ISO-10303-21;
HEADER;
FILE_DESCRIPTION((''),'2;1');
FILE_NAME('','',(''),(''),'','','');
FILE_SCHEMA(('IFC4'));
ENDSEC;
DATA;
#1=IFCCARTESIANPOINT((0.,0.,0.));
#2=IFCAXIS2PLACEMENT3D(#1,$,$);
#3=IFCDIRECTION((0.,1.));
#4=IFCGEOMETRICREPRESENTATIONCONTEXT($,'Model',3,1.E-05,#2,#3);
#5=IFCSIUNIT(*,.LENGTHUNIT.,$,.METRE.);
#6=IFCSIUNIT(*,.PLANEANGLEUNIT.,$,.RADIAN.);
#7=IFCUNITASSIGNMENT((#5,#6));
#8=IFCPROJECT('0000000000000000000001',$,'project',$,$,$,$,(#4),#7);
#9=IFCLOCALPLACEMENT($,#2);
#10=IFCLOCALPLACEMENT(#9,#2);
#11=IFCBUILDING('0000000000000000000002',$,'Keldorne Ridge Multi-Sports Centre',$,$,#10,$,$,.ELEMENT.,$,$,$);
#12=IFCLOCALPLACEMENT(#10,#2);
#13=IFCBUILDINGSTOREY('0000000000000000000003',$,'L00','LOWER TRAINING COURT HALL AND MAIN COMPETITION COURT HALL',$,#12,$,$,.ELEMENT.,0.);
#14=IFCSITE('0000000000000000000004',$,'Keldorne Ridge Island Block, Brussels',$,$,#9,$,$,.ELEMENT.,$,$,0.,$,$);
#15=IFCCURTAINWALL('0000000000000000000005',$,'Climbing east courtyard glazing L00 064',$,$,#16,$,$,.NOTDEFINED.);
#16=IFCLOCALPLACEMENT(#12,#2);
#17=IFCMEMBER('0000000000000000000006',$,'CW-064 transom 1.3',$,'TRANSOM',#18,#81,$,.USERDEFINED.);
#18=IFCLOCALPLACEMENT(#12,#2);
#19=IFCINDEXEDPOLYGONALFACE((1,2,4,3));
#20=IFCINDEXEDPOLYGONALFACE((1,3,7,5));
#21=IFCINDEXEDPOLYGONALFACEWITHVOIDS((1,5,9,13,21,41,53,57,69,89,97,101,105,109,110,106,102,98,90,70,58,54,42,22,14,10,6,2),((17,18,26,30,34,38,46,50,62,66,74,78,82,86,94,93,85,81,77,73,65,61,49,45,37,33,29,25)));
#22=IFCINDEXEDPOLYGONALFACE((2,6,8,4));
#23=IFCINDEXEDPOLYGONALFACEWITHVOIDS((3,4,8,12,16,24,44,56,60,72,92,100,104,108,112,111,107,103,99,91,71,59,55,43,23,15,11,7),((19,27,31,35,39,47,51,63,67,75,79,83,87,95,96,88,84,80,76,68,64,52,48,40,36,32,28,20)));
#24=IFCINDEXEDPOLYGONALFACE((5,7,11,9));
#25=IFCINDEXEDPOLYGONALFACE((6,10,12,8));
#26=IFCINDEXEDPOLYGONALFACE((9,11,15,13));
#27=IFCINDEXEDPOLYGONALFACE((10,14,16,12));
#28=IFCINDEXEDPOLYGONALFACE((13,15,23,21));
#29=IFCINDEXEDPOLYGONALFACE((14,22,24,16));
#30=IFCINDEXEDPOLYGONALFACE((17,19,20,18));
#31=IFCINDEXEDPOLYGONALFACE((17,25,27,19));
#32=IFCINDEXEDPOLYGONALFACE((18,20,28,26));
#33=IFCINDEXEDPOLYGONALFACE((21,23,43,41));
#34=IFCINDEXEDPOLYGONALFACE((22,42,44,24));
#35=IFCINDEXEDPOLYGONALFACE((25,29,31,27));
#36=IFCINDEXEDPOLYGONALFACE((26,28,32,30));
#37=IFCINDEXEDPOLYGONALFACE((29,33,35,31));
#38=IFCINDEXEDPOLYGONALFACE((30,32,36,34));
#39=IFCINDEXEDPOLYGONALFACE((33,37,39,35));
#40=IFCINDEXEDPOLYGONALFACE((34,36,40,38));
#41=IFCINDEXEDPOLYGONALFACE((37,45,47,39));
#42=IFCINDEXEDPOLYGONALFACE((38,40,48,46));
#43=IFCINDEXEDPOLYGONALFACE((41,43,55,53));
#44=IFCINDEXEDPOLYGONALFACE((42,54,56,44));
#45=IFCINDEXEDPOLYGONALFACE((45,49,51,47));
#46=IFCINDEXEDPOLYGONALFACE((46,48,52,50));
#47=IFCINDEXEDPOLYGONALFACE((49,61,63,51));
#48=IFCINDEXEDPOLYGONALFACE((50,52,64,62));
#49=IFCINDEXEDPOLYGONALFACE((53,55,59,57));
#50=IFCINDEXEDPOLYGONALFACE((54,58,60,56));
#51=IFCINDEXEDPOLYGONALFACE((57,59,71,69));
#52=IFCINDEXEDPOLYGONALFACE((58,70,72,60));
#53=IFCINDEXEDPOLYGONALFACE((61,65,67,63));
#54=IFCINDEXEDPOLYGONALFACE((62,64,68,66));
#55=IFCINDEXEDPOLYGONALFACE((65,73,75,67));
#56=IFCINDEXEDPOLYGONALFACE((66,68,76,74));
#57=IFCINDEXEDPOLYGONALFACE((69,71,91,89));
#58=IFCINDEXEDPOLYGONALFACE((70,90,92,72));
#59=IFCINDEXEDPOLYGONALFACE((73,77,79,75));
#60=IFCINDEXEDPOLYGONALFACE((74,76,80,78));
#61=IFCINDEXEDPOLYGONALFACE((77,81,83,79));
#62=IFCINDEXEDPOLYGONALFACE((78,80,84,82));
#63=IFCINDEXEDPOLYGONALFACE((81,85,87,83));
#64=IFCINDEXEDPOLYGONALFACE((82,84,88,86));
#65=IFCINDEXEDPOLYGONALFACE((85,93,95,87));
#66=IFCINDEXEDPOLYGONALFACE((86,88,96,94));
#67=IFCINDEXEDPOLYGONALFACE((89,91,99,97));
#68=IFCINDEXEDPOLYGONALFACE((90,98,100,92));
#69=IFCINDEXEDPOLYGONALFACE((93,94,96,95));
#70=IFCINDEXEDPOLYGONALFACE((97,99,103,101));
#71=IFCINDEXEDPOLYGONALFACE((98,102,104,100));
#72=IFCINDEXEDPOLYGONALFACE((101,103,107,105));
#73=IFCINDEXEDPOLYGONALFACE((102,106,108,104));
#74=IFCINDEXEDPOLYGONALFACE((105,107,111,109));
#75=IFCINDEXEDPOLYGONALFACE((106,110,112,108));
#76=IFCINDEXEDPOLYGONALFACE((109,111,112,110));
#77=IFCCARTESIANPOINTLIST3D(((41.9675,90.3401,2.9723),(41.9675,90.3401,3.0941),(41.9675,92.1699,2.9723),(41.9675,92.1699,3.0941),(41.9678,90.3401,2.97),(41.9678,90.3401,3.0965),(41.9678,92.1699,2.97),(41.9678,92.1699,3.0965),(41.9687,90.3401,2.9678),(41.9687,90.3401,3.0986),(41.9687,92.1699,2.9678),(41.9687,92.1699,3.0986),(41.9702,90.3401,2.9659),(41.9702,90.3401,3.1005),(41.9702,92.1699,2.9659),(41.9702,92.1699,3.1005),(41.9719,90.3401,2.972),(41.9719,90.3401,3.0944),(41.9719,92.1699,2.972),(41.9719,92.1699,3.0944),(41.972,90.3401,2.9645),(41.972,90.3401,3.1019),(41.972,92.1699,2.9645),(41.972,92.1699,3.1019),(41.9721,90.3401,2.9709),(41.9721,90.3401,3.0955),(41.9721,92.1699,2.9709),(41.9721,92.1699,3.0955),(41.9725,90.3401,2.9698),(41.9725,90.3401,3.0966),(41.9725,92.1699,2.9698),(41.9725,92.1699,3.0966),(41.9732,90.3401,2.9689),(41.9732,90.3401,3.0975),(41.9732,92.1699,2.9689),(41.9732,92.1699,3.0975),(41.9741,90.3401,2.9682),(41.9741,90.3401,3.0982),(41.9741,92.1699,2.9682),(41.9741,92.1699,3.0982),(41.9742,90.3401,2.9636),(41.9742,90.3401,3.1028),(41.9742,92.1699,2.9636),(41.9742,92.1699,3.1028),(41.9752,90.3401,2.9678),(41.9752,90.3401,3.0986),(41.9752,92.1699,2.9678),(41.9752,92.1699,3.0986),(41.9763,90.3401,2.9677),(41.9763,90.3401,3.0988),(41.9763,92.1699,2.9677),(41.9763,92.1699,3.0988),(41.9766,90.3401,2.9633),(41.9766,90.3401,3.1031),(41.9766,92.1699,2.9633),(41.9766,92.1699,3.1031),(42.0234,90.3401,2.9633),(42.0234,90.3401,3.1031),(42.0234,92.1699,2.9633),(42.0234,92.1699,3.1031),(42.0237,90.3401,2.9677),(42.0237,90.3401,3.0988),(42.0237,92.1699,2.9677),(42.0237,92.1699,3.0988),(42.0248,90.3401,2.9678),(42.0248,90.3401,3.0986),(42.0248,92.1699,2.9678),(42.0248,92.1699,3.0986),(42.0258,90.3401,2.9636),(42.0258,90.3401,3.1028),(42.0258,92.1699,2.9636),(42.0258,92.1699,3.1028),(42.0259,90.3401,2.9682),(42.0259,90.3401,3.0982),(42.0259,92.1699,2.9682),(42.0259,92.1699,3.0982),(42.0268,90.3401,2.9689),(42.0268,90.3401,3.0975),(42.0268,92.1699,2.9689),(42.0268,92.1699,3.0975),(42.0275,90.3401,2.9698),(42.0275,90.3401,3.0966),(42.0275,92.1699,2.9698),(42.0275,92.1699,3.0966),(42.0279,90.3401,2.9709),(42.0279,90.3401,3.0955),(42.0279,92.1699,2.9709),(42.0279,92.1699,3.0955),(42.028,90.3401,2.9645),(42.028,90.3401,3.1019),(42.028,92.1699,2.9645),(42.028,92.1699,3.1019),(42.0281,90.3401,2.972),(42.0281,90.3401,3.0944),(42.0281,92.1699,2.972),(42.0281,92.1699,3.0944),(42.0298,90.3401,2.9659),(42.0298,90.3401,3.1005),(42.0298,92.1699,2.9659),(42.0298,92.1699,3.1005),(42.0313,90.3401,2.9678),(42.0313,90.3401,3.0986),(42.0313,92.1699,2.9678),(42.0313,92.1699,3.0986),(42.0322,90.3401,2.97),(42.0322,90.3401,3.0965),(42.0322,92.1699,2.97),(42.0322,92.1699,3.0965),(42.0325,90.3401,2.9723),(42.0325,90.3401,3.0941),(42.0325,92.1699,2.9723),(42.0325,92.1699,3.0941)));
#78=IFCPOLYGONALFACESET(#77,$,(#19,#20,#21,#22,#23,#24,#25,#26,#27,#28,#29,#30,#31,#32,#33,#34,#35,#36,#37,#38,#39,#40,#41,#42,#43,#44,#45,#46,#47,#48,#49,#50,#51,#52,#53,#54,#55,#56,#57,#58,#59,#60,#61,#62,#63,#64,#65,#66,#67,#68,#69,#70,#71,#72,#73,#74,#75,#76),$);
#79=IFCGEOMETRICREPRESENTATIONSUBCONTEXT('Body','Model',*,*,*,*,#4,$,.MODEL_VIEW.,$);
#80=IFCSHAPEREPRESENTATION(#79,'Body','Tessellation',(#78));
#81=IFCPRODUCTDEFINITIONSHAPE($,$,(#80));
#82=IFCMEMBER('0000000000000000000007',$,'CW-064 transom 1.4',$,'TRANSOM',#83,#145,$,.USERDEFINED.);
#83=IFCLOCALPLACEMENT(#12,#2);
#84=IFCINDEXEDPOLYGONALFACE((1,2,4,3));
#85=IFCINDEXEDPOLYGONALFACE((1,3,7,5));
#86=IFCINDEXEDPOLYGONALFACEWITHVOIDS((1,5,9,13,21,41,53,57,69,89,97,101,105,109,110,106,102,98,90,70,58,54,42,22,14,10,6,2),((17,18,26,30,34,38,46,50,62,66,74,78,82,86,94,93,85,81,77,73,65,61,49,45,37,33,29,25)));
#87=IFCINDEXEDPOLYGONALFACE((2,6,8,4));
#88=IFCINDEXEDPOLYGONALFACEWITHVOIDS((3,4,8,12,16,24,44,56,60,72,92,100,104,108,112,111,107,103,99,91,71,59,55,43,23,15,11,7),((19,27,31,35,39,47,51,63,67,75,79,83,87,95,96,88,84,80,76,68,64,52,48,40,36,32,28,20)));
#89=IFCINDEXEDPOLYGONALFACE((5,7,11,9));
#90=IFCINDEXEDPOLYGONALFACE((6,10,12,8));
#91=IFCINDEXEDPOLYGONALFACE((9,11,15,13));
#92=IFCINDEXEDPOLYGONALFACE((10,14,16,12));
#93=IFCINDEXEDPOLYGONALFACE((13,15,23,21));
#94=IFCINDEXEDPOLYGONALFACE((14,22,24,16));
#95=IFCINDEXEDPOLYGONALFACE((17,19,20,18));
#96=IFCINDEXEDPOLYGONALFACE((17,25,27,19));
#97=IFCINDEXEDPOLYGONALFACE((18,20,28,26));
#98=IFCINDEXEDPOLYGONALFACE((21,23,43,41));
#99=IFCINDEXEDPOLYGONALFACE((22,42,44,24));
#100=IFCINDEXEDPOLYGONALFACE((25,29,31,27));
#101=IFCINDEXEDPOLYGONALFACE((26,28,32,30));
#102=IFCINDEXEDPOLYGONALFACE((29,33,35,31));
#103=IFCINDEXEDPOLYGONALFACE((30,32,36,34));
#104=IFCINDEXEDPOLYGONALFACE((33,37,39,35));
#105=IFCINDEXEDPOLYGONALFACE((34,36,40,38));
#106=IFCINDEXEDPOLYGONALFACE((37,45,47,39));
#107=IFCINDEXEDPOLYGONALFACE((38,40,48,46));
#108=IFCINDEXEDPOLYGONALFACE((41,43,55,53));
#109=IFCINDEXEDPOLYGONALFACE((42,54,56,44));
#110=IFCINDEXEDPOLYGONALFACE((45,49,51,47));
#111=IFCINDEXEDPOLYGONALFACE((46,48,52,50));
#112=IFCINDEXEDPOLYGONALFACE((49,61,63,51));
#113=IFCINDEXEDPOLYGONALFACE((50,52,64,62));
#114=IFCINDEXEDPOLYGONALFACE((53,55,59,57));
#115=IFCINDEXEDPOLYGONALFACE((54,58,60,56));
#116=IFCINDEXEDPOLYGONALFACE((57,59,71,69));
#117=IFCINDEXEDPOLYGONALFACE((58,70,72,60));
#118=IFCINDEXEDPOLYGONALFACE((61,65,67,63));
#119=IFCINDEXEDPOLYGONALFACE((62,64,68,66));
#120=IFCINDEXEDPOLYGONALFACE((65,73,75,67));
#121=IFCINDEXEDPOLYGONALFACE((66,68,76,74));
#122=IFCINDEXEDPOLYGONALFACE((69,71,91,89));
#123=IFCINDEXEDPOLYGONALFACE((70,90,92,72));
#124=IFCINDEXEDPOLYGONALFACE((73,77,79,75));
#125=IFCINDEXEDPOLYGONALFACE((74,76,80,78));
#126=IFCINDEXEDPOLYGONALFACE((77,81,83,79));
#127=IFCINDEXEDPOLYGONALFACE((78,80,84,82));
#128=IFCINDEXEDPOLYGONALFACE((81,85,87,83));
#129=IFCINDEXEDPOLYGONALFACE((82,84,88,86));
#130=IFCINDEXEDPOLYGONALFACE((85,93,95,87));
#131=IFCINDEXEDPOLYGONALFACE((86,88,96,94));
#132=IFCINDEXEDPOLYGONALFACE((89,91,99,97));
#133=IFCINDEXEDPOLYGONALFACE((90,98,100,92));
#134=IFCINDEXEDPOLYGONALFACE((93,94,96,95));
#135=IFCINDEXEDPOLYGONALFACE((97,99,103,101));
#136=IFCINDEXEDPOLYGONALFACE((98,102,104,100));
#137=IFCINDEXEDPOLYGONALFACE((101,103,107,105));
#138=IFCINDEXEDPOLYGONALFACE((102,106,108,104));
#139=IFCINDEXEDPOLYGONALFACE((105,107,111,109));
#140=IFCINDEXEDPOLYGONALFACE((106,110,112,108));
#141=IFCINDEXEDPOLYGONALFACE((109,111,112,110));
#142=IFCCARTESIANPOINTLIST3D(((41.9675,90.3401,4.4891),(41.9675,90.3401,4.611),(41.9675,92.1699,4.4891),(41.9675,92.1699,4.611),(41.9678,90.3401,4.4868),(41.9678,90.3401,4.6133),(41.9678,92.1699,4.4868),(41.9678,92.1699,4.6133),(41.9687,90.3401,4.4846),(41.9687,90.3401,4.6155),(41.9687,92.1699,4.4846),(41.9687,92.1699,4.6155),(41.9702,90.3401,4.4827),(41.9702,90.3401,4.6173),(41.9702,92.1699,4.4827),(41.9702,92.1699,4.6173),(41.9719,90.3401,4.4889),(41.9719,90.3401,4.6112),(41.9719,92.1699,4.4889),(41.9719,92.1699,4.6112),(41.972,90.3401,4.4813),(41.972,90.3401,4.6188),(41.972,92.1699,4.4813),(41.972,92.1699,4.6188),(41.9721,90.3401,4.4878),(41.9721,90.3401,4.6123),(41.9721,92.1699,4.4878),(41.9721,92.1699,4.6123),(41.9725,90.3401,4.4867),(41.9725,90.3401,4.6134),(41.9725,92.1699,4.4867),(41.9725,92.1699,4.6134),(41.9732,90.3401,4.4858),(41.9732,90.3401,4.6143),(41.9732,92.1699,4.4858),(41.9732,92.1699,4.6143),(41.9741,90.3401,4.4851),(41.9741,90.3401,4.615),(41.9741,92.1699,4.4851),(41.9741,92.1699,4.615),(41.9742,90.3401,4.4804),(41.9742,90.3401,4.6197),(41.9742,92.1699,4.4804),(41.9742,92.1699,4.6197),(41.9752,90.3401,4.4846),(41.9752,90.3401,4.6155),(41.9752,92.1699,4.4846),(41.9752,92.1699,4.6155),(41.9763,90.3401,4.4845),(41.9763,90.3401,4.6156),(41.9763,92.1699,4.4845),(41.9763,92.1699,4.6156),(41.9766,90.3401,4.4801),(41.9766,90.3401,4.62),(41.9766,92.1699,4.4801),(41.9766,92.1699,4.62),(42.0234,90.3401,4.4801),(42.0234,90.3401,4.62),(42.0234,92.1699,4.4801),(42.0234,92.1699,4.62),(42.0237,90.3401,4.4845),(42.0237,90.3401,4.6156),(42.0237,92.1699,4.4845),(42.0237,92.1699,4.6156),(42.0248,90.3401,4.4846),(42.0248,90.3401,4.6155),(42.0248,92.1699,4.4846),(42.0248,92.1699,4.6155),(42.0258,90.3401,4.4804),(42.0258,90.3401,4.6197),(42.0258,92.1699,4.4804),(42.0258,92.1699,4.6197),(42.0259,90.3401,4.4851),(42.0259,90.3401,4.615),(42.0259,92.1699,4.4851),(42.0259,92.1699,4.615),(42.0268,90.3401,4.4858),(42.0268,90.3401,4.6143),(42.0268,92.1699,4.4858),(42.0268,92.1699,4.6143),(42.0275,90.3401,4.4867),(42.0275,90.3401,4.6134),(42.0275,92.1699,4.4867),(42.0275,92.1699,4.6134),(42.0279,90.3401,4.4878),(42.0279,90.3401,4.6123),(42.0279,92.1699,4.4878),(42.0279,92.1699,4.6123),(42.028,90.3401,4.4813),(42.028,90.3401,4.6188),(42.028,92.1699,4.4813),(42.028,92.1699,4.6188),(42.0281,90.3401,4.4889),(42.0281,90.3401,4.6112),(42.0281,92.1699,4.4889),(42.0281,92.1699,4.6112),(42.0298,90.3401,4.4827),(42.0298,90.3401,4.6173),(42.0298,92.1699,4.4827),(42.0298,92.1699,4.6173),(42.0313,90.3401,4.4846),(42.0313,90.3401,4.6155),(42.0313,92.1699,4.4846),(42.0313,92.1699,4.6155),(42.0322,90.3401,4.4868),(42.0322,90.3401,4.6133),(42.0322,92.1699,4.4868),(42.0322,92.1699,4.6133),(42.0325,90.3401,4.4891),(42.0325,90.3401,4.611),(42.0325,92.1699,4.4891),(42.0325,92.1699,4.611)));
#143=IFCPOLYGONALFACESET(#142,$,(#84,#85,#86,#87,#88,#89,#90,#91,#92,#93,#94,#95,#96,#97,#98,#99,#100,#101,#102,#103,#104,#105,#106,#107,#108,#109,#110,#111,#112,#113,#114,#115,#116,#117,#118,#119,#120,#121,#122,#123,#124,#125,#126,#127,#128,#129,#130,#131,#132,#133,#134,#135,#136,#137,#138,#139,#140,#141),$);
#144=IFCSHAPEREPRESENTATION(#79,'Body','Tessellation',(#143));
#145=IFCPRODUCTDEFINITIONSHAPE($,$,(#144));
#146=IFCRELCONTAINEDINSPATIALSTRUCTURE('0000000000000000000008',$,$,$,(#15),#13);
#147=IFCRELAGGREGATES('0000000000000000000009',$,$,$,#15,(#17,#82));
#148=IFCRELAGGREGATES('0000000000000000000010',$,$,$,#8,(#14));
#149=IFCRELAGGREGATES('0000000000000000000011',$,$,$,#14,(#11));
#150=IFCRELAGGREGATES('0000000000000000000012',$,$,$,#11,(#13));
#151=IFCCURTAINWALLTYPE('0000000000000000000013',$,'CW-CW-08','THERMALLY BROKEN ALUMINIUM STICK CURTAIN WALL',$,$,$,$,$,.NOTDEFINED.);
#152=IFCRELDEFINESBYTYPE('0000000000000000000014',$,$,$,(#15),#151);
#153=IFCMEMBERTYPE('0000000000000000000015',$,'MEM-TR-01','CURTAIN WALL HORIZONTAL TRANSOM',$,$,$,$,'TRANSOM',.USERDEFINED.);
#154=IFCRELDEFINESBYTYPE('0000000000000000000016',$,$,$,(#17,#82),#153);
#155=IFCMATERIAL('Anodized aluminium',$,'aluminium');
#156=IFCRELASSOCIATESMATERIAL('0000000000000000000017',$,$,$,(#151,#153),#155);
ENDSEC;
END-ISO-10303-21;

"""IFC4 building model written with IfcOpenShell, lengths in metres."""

from ifc_helpers import new_model, si_unit, direction, frame, origin, origin_2d, place, context, subcontext, project, spatial, hollow_rectangle, extrude, material, material_profile, profile_set, type_object, element, aggregate, save


model = new_model("IFC4")

# Units and contexts
model_context = context("Model", 3, precision=1e-05, world=origin(), true_north=direction((0.0, 1.0)))
body_context = subcontext(model_context, "Body", "Model", "MODEL_VIEW")
ifc_project = project(units=[si_unit("LENGTHUNIT", "METRE"), si_unit("PLANEANGLEUNIT", "RADIAN")], contexts=[model_context])

# Site, building, storey
site_placement = place(None, origin())
site = spatial("IfcSite", under=ifc_project, at=site_placement, Name="Keldorne Ridge Island Block, Brussels", CompositionType="ELEMENT", RefElevation=0.0)
building_placement = place(site_placement, origin())
building = spatial("IfcBuilding", under=site, at=building_placement, Name="Keldorne Ridge Multi-Sports Centre", CompositionType="ELEMENT")
storey_placement = place(building_placement, origin())
storey = spatial("IfcBuildingStorey", under=building, at=storey_placement, Name="L00", Description="LOWER TRAINING COURT HALL AND MAIN COMPETITION COURT HALL", CompositionType="ELEMENT", Elevation=0.0)

# Shared definitions
ifc_material_1 = material(Name="Anodized aluminium", Category="aluminium")

# Curtain wall, members
curtain_wall_type_1 = type_object("IfcCurtainWallType", Name="CW-CW-08", Description="THERMALLY BROKEN ALUMINIUM STICK CURTAIN WALL", PredefinedType="NOTDEFINED", material=ifc_material_1)
curtain_wall_1_placement = place(storey_placement, origin())
curtain_wall_1 = element("IfcCurtainWall", 1, at=curtain_wall_1_placement, inside=storey, type_object=curtain_wall_type_1, Name="Climbing east courtyard glazing L00 064", PredefinedType="NOTDEFINED")
ifc_material_profile_1 = material_profile(ifc_material_1, hollow_rectangle(XDim=0.0649, YDim=0.1399, WallThickness=0.0044, InnerFilletRadius=0.0044, OuterFilletRadius=0.009, at=origin_2d()), Name="ALU TRANSOM 140x65x4.5")
ifc_profile_set_1 = profile_set([ifc_material_profile_1], Name="Anodized aluminium")
member_type_1 = type_object("IfcMemberType", Name="MEM-TR-01", Description="CURTAIN WALL HORIZONTAL TRANSOM", ElementType="TRANSOM", PredefinedType="USERDEFINED", material=ifc_profile_set_1)
member_1_placement = place(storey_placement, frame((42.0, 90.3401, 3.0332), z_axis=(0.0, 1.0, 0.0), x_axis=(-1.0, 0.0, 0.0)))
member_1 = element("IfcMember", 2, at=member_1_placement, type_object=member_type_1, Name="CW-064 transom 1.3", ObjectType="TRANSOM", PredefinedType="USERDEFINED", context=body_context, shape_type="SweptSolid", body=[
    extrude(hollow_rectangle(XDim=0.0649, YDim=0.1399, WallThickness=0.0044, InnerFilletRadius=0.0044, OuterFilletRadius=0.009, at=origin_2d()), origin(), (0.0, 0.0, 1.0), 1.8298),
])
member_2_placement = place(storey_placement, frame((42.0, 90.3401, 4.55), z_axis=(0.0, 1.0, 0.0), x_axis=(-1.0, 0.0, 0.0)))
member_2 = element("IfcMember", 3, at=member_2_placement, type_object=member_type_1, Name="CW-064 transom 1.4", ObjectType="TRANSOM", PredefinedType="USERDEFINED", context=body_context, shape_type="SweptSolid", body=[
    extrude(hollow_rectangle(XDim=0.0649, YDim=0.1399, WallThickness=0.0044, InnerFilletRadius=0.0044, OuterFilletRadius=0.009, at=origin_2d()), origin(), (0.0, 0.0, 1.0), 1.8298),
])
aggregate(curtain_wall_1, [member_1, member_2])

save(model, "model.ifc")
